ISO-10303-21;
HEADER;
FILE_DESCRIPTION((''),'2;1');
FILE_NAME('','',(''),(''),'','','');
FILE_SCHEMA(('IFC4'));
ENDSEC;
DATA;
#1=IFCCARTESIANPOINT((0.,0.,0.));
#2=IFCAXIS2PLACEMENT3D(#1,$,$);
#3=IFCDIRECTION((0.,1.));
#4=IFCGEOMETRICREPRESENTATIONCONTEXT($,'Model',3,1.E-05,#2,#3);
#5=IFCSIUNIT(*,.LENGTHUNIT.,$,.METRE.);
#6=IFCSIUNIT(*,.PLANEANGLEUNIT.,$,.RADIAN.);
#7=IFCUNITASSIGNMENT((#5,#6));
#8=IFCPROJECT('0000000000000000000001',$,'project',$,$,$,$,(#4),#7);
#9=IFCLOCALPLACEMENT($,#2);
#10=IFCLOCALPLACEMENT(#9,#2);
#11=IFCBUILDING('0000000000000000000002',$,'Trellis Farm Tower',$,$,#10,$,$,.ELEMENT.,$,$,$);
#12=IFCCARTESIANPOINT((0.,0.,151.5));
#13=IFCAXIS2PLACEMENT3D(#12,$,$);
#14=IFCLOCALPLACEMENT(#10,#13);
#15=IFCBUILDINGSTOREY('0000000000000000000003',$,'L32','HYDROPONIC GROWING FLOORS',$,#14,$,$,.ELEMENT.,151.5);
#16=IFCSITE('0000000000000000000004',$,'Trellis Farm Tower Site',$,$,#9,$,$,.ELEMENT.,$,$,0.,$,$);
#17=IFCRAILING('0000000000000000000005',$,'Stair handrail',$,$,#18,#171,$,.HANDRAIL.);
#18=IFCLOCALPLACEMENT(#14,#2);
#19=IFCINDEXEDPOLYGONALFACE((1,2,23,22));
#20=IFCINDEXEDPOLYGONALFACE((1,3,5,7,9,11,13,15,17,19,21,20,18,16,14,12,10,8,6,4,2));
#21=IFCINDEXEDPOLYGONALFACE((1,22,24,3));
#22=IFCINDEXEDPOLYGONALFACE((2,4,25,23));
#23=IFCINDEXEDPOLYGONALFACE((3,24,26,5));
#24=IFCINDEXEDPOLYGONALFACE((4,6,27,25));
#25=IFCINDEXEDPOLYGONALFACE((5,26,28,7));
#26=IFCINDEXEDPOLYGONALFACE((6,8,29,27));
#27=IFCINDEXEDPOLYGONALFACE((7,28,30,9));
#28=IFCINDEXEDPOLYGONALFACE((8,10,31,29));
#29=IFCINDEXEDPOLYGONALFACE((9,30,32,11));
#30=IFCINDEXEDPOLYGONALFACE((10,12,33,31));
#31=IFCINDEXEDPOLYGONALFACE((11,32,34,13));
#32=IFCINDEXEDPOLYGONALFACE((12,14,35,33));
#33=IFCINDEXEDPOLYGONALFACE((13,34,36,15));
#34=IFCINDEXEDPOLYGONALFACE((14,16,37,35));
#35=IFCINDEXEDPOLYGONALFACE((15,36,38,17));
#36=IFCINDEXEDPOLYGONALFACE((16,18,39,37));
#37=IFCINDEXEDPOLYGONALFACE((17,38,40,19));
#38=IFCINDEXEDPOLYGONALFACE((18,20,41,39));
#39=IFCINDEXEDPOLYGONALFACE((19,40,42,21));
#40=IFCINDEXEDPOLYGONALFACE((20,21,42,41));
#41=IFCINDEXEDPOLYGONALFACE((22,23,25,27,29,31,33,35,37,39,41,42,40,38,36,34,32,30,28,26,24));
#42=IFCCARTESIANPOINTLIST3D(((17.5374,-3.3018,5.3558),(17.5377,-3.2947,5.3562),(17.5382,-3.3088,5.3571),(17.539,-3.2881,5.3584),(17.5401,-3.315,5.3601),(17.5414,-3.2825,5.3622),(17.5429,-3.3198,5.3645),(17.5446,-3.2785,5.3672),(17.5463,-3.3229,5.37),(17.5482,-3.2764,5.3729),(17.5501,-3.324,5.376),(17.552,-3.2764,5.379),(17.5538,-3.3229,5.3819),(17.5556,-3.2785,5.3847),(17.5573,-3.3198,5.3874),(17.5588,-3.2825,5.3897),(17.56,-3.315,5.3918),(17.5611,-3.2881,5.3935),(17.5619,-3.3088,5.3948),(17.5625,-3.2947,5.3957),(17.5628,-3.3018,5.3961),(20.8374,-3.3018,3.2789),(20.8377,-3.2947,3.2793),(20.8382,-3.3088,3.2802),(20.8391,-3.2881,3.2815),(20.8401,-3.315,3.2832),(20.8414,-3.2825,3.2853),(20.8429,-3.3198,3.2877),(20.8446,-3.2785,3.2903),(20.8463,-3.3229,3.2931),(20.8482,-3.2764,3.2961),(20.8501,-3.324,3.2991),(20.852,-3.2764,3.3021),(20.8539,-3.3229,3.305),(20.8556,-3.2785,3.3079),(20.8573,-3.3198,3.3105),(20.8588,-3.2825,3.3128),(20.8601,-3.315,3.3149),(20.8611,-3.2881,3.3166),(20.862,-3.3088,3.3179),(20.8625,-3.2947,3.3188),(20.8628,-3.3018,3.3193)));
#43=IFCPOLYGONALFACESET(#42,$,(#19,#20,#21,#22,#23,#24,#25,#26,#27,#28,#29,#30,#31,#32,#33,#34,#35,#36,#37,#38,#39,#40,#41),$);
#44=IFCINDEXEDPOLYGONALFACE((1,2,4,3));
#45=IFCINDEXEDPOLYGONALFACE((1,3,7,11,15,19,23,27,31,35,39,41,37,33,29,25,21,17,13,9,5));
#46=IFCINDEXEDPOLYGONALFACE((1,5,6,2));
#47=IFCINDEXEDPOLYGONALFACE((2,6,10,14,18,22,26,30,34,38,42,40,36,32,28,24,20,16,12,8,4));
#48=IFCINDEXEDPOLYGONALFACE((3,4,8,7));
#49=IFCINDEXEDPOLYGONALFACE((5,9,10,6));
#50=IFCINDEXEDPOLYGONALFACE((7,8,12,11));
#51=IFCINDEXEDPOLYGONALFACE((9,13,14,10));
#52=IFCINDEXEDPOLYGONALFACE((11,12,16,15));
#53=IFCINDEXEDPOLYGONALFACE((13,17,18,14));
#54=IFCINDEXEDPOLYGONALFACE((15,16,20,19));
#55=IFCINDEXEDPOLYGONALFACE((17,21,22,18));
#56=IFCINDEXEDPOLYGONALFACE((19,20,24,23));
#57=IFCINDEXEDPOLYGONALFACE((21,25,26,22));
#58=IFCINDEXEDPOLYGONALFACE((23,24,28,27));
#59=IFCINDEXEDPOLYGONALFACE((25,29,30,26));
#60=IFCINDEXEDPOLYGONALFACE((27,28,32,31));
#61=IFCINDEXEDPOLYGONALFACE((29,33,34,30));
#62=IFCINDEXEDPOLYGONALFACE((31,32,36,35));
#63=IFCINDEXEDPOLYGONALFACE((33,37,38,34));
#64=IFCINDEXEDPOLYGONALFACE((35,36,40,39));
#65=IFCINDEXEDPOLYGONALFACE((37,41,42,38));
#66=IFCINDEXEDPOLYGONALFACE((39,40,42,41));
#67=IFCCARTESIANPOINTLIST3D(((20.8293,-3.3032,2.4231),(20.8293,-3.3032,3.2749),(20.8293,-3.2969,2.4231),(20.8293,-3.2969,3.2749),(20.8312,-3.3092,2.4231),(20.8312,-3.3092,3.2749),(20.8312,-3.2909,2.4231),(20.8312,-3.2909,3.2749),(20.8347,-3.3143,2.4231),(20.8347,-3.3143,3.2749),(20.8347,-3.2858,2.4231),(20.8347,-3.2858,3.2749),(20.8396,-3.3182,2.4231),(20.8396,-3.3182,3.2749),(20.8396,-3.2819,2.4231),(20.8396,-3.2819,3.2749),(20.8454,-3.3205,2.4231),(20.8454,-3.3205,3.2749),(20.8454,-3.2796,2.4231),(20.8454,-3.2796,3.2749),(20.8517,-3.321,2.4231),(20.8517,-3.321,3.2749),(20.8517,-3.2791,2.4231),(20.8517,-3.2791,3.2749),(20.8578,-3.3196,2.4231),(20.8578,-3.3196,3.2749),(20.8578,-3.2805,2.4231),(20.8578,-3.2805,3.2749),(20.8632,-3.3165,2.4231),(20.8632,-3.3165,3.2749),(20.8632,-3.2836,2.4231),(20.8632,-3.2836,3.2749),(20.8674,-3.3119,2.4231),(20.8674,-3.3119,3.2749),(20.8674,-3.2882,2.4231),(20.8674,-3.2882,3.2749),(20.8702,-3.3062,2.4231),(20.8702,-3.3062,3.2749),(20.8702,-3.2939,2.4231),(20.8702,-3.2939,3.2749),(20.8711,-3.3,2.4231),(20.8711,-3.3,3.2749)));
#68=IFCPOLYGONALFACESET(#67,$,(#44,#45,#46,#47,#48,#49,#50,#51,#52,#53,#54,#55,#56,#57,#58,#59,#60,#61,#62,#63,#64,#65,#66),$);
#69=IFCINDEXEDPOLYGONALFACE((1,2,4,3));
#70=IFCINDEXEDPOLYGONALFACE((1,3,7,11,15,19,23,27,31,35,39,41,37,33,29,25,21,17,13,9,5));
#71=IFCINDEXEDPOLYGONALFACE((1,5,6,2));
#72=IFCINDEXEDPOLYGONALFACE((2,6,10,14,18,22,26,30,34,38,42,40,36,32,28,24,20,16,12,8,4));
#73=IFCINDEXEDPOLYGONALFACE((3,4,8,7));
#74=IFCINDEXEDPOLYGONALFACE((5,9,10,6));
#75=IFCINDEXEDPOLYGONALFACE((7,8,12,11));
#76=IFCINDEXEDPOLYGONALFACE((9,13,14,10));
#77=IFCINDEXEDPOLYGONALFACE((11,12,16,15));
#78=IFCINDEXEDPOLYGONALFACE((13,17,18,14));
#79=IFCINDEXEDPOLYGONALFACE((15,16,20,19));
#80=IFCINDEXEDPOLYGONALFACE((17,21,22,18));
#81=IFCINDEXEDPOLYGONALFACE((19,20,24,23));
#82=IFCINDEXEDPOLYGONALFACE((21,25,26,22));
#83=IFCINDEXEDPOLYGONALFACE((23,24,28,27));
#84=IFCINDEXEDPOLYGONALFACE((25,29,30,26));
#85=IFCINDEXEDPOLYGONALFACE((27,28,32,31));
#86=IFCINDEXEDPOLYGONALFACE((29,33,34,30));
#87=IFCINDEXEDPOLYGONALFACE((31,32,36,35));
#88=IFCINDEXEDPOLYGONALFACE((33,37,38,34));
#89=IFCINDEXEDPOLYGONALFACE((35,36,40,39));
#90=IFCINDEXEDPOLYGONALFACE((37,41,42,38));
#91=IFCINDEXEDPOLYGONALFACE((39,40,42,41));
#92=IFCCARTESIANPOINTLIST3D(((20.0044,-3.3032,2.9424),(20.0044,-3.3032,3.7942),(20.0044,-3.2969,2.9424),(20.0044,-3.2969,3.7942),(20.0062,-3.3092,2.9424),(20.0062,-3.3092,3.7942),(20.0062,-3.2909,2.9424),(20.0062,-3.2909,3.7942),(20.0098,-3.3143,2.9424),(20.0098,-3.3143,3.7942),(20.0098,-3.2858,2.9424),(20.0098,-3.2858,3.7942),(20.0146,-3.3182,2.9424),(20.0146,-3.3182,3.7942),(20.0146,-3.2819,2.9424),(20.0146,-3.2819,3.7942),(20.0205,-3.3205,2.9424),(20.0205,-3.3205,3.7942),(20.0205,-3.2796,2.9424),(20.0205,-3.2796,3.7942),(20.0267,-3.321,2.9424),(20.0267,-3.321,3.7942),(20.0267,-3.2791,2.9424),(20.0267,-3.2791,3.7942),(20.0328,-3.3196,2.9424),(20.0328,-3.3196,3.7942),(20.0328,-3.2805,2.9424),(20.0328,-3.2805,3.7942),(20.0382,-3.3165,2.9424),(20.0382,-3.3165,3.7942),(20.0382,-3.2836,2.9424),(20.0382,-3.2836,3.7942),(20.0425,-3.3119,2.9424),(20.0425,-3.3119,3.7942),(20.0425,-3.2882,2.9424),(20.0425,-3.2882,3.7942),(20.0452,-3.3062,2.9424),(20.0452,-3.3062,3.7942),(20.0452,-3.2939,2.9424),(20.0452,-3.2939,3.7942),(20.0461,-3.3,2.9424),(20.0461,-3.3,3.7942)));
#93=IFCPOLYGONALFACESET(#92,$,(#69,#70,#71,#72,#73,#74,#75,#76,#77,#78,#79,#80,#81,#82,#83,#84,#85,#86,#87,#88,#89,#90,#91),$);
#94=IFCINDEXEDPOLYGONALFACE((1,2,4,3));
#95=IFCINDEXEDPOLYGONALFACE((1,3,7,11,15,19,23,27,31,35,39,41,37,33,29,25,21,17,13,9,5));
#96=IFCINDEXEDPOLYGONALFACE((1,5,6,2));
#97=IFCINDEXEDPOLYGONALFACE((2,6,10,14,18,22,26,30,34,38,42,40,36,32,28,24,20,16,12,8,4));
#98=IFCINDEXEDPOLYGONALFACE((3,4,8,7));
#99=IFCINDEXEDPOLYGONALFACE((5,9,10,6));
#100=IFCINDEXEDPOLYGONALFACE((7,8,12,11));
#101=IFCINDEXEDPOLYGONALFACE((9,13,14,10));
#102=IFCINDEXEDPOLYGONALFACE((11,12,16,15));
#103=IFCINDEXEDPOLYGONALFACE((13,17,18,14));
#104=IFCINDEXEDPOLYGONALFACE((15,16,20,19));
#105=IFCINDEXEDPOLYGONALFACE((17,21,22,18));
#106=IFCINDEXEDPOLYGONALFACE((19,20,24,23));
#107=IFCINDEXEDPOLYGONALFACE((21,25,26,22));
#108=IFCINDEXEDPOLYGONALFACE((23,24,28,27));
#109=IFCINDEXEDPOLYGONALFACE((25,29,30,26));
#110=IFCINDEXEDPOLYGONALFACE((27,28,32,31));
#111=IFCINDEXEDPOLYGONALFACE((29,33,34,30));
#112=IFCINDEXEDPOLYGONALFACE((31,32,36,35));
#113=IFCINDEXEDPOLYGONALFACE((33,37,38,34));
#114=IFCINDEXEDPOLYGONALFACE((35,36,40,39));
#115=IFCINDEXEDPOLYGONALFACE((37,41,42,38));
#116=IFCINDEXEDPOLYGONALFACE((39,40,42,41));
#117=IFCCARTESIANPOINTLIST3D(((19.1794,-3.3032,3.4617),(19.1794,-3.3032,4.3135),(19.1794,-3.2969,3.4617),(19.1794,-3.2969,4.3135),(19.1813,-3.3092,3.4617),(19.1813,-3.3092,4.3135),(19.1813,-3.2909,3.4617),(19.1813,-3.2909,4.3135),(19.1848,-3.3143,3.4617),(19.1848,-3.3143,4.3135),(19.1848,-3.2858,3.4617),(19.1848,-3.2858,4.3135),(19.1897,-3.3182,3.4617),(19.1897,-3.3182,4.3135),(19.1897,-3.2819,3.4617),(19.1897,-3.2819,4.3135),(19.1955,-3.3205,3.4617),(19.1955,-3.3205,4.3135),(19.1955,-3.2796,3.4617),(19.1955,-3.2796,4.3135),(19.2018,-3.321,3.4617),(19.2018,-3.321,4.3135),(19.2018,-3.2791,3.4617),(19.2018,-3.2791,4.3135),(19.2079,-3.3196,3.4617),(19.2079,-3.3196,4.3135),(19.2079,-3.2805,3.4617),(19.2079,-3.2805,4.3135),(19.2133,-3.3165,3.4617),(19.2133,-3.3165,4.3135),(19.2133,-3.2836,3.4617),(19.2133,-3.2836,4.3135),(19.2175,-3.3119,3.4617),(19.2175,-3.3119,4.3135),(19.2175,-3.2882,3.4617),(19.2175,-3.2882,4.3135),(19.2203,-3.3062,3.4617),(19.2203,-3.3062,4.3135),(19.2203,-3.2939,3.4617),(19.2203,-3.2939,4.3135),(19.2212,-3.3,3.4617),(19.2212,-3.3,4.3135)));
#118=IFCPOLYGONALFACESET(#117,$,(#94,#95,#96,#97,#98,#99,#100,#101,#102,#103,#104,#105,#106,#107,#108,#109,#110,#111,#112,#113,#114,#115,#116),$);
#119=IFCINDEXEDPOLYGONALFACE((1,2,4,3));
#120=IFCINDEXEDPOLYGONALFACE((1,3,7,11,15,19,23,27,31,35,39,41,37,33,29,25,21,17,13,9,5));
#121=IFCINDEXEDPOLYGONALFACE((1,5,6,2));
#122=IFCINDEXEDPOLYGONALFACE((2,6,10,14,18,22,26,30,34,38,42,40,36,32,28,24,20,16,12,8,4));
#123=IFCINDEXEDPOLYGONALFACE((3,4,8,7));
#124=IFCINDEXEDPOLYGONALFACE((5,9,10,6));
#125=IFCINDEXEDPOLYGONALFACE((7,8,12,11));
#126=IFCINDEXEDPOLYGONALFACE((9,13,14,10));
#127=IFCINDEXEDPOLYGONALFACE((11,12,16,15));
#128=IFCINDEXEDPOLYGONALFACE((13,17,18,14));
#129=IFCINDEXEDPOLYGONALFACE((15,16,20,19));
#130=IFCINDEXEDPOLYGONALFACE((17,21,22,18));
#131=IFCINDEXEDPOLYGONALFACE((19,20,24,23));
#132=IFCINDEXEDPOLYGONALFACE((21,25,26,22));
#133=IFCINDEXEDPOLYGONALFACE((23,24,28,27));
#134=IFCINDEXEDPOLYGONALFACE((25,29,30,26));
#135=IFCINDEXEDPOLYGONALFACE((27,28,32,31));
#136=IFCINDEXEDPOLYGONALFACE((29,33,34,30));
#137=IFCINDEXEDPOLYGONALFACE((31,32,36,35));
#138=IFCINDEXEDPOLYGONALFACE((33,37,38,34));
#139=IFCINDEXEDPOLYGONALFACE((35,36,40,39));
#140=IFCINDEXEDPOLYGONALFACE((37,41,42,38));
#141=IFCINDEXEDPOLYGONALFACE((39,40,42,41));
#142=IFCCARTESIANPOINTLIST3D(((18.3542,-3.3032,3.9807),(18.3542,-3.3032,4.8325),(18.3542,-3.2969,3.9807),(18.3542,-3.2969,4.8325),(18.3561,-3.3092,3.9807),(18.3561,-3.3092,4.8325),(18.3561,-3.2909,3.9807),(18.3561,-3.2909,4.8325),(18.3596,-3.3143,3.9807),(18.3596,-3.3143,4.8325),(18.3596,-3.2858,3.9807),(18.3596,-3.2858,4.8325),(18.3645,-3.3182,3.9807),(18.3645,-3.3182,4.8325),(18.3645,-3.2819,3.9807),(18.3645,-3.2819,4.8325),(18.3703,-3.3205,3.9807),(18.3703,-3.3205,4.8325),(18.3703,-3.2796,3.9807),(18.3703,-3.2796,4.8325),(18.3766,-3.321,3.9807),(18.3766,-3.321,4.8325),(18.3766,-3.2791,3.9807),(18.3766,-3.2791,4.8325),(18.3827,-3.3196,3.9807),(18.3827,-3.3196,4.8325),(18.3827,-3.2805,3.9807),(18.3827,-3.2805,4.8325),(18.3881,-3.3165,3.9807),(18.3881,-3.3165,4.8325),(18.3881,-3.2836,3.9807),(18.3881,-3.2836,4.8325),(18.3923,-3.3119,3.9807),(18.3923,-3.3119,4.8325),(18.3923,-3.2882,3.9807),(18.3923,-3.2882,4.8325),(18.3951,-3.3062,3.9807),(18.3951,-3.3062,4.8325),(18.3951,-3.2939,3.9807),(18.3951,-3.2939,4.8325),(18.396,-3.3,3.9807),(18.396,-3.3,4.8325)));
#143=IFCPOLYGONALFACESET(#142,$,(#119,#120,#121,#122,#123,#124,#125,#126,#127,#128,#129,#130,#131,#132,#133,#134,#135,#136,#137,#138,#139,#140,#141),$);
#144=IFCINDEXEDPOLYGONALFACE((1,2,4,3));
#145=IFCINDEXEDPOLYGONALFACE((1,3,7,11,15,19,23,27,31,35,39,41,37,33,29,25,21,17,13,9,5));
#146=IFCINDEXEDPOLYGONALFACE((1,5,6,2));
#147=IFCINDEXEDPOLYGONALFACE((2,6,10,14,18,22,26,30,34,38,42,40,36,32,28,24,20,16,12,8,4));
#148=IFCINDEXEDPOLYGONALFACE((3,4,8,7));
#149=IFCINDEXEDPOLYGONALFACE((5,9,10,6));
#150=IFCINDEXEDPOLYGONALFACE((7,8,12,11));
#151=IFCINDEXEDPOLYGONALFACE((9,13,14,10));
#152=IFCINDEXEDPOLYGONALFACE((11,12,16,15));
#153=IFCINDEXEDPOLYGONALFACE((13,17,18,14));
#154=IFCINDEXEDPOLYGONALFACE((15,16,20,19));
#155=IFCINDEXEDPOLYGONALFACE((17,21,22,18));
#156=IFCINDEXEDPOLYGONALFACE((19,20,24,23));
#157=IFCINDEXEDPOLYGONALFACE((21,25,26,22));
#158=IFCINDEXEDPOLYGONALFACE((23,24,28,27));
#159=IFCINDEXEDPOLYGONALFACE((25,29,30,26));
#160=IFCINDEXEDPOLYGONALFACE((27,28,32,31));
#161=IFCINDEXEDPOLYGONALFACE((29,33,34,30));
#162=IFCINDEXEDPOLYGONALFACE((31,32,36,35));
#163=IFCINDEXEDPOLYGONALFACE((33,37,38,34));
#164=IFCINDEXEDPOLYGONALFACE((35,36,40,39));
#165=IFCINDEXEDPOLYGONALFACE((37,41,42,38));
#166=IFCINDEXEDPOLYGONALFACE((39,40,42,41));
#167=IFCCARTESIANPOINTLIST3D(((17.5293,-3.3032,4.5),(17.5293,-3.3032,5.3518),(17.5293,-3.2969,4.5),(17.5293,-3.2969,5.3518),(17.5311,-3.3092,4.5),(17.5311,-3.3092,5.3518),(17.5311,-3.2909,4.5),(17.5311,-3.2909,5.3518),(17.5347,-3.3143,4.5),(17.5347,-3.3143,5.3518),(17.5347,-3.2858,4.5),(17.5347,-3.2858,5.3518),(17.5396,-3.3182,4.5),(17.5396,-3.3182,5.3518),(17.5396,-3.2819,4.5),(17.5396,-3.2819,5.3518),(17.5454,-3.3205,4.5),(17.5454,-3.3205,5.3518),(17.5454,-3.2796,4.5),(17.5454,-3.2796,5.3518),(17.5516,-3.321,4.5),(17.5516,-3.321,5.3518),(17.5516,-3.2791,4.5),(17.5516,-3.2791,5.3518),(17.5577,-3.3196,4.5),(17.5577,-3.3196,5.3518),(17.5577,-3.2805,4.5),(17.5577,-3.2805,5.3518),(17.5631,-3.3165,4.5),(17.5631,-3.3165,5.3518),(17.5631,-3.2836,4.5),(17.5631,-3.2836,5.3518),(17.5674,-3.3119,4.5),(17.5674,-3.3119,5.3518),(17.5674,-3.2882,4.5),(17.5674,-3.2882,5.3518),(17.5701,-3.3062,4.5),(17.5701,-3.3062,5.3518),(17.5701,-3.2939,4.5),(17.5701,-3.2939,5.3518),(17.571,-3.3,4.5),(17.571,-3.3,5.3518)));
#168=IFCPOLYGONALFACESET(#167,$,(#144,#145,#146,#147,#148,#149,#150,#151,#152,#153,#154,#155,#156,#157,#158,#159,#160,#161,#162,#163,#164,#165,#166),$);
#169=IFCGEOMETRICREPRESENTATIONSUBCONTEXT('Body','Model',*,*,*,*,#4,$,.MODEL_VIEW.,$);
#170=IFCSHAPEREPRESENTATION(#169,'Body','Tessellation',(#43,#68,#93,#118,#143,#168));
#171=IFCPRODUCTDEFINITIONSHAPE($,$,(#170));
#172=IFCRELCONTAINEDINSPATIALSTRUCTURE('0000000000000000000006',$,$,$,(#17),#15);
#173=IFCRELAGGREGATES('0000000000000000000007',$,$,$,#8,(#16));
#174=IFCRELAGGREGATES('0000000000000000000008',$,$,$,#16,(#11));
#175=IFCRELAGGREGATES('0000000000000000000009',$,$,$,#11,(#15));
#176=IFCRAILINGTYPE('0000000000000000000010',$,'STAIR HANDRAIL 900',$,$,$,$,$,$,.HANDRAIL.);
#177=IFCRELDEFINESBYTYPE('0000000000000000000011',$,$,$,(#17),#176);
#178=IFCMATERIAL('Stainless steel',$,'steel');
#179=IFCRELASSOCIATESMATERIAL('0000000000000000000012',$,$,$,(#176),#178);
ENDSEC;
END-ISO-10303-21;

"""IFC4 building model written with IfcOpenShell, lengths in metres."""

from ifc_helpers import new_model, si_unit, direction, frame, origin, origin_2d, place, context, subcontext, project, spatial, circle, extrude, source, transform, mapped, material, type_object, element, save


model = new_model("IFC4")

# Units and contexts
model_context = context("Model", 3, precision=1e-05, world=origin(), true_north=direction((0.0, 1.0)))
body_context = subcontext(model_context, "Body", "Model", "MODEL_VIEW")
ifc_project = project(units=[si_unit("LENGTHUNIT", "METRE"), si_unit("PLANEANGLEUNIT", "RADIAN")], contexts=[model_context])

# Site, building, storey
site_placement = place(None, origin())
site = spatial("IfcSite", under=ifc_project, at=site_placement, Name="Trellis Farm Tower Site", CompositionType="ELEMENT", RefElevation=0.0)
building_placement = place(site_placement, origin())
building = spatial("IfcBuilding", under=site, at=building_placement, Name="Trellis Farm Tower", CompositionType="ELEMENT")
storey_placement = place(building_placement, frame((0.0, 0.0, 151.5)))
storey = spatial("IfcBuildingStorey", under=building, at=storey_placement, Name="L32", Description="HYDROPONIC GROWING FLOORS", CompositionType="ELEMENT", Elevation=151.5)

# Shared definitions
ifc_material_1 = material(Name="Stainless steel", Category="steel")

# Railing
railing_type = type_object("IfcRailingType", Name="STAIR HANDRAIL 900", PredefinedType="HANDRAIL", material=ifc_material_1)
shared_shape_1 = source(origin(), body_context, "Body", "SweptSolid", [
    extrude(circle(Radius=0.0239, at=origin_2d()), frame((0.0, 0.0, 0.876), z_axis=(-0.846337, 0.0, 0.532647), x_axis=(0.0, -1.0, 0.0)), (0.0, 0.0, 1.0), 3.8992),
    extrude(circle(Radius=0.021, at=origin_2d()), origin(), (0.0, 0.0, 1.0), 0.8518),
    extrude(circle(Radius=0.021, at=origin_2d()), frame((-0.825, 0.0, 0.5193)), (0.0, 0.0, 1.0), 0.8518),
    extrude(circle(Radius=0.021, at=origin_2d()), frame((-1.6499, 0.0, 1.0386)), (0.0, 0.0, 1.0), 0.8518),
    extrude(circle(Radius=0.021, at=origin_2d()), frame((-2.4751, 0.0, 1.5576)), (0.0, 0.0, 1.0), 0.8518),
    extrude(circle(Radius=0.021, at=origin_2d()), frame((-3.3, 0.0, 2.0769)), (0.0, 0.0, 1.0), 0.8518),
])
for number, where, name in (
    (1, (20.8501, -3.3, 2.4231), "Stair handrail"),
):
    element("IfcRailing", number, at=place(storey_placement, frame(where)), inside=storey, type_object=railing_type, Name=name, PredefinedType="HANDRAIL", context=body_context, shape_type="MappedRepresentation", body=[
        mapped(shared_shape_1, transform((0.0, 0.0, 0.0))),
    ])

save(model, "model.ifc")
